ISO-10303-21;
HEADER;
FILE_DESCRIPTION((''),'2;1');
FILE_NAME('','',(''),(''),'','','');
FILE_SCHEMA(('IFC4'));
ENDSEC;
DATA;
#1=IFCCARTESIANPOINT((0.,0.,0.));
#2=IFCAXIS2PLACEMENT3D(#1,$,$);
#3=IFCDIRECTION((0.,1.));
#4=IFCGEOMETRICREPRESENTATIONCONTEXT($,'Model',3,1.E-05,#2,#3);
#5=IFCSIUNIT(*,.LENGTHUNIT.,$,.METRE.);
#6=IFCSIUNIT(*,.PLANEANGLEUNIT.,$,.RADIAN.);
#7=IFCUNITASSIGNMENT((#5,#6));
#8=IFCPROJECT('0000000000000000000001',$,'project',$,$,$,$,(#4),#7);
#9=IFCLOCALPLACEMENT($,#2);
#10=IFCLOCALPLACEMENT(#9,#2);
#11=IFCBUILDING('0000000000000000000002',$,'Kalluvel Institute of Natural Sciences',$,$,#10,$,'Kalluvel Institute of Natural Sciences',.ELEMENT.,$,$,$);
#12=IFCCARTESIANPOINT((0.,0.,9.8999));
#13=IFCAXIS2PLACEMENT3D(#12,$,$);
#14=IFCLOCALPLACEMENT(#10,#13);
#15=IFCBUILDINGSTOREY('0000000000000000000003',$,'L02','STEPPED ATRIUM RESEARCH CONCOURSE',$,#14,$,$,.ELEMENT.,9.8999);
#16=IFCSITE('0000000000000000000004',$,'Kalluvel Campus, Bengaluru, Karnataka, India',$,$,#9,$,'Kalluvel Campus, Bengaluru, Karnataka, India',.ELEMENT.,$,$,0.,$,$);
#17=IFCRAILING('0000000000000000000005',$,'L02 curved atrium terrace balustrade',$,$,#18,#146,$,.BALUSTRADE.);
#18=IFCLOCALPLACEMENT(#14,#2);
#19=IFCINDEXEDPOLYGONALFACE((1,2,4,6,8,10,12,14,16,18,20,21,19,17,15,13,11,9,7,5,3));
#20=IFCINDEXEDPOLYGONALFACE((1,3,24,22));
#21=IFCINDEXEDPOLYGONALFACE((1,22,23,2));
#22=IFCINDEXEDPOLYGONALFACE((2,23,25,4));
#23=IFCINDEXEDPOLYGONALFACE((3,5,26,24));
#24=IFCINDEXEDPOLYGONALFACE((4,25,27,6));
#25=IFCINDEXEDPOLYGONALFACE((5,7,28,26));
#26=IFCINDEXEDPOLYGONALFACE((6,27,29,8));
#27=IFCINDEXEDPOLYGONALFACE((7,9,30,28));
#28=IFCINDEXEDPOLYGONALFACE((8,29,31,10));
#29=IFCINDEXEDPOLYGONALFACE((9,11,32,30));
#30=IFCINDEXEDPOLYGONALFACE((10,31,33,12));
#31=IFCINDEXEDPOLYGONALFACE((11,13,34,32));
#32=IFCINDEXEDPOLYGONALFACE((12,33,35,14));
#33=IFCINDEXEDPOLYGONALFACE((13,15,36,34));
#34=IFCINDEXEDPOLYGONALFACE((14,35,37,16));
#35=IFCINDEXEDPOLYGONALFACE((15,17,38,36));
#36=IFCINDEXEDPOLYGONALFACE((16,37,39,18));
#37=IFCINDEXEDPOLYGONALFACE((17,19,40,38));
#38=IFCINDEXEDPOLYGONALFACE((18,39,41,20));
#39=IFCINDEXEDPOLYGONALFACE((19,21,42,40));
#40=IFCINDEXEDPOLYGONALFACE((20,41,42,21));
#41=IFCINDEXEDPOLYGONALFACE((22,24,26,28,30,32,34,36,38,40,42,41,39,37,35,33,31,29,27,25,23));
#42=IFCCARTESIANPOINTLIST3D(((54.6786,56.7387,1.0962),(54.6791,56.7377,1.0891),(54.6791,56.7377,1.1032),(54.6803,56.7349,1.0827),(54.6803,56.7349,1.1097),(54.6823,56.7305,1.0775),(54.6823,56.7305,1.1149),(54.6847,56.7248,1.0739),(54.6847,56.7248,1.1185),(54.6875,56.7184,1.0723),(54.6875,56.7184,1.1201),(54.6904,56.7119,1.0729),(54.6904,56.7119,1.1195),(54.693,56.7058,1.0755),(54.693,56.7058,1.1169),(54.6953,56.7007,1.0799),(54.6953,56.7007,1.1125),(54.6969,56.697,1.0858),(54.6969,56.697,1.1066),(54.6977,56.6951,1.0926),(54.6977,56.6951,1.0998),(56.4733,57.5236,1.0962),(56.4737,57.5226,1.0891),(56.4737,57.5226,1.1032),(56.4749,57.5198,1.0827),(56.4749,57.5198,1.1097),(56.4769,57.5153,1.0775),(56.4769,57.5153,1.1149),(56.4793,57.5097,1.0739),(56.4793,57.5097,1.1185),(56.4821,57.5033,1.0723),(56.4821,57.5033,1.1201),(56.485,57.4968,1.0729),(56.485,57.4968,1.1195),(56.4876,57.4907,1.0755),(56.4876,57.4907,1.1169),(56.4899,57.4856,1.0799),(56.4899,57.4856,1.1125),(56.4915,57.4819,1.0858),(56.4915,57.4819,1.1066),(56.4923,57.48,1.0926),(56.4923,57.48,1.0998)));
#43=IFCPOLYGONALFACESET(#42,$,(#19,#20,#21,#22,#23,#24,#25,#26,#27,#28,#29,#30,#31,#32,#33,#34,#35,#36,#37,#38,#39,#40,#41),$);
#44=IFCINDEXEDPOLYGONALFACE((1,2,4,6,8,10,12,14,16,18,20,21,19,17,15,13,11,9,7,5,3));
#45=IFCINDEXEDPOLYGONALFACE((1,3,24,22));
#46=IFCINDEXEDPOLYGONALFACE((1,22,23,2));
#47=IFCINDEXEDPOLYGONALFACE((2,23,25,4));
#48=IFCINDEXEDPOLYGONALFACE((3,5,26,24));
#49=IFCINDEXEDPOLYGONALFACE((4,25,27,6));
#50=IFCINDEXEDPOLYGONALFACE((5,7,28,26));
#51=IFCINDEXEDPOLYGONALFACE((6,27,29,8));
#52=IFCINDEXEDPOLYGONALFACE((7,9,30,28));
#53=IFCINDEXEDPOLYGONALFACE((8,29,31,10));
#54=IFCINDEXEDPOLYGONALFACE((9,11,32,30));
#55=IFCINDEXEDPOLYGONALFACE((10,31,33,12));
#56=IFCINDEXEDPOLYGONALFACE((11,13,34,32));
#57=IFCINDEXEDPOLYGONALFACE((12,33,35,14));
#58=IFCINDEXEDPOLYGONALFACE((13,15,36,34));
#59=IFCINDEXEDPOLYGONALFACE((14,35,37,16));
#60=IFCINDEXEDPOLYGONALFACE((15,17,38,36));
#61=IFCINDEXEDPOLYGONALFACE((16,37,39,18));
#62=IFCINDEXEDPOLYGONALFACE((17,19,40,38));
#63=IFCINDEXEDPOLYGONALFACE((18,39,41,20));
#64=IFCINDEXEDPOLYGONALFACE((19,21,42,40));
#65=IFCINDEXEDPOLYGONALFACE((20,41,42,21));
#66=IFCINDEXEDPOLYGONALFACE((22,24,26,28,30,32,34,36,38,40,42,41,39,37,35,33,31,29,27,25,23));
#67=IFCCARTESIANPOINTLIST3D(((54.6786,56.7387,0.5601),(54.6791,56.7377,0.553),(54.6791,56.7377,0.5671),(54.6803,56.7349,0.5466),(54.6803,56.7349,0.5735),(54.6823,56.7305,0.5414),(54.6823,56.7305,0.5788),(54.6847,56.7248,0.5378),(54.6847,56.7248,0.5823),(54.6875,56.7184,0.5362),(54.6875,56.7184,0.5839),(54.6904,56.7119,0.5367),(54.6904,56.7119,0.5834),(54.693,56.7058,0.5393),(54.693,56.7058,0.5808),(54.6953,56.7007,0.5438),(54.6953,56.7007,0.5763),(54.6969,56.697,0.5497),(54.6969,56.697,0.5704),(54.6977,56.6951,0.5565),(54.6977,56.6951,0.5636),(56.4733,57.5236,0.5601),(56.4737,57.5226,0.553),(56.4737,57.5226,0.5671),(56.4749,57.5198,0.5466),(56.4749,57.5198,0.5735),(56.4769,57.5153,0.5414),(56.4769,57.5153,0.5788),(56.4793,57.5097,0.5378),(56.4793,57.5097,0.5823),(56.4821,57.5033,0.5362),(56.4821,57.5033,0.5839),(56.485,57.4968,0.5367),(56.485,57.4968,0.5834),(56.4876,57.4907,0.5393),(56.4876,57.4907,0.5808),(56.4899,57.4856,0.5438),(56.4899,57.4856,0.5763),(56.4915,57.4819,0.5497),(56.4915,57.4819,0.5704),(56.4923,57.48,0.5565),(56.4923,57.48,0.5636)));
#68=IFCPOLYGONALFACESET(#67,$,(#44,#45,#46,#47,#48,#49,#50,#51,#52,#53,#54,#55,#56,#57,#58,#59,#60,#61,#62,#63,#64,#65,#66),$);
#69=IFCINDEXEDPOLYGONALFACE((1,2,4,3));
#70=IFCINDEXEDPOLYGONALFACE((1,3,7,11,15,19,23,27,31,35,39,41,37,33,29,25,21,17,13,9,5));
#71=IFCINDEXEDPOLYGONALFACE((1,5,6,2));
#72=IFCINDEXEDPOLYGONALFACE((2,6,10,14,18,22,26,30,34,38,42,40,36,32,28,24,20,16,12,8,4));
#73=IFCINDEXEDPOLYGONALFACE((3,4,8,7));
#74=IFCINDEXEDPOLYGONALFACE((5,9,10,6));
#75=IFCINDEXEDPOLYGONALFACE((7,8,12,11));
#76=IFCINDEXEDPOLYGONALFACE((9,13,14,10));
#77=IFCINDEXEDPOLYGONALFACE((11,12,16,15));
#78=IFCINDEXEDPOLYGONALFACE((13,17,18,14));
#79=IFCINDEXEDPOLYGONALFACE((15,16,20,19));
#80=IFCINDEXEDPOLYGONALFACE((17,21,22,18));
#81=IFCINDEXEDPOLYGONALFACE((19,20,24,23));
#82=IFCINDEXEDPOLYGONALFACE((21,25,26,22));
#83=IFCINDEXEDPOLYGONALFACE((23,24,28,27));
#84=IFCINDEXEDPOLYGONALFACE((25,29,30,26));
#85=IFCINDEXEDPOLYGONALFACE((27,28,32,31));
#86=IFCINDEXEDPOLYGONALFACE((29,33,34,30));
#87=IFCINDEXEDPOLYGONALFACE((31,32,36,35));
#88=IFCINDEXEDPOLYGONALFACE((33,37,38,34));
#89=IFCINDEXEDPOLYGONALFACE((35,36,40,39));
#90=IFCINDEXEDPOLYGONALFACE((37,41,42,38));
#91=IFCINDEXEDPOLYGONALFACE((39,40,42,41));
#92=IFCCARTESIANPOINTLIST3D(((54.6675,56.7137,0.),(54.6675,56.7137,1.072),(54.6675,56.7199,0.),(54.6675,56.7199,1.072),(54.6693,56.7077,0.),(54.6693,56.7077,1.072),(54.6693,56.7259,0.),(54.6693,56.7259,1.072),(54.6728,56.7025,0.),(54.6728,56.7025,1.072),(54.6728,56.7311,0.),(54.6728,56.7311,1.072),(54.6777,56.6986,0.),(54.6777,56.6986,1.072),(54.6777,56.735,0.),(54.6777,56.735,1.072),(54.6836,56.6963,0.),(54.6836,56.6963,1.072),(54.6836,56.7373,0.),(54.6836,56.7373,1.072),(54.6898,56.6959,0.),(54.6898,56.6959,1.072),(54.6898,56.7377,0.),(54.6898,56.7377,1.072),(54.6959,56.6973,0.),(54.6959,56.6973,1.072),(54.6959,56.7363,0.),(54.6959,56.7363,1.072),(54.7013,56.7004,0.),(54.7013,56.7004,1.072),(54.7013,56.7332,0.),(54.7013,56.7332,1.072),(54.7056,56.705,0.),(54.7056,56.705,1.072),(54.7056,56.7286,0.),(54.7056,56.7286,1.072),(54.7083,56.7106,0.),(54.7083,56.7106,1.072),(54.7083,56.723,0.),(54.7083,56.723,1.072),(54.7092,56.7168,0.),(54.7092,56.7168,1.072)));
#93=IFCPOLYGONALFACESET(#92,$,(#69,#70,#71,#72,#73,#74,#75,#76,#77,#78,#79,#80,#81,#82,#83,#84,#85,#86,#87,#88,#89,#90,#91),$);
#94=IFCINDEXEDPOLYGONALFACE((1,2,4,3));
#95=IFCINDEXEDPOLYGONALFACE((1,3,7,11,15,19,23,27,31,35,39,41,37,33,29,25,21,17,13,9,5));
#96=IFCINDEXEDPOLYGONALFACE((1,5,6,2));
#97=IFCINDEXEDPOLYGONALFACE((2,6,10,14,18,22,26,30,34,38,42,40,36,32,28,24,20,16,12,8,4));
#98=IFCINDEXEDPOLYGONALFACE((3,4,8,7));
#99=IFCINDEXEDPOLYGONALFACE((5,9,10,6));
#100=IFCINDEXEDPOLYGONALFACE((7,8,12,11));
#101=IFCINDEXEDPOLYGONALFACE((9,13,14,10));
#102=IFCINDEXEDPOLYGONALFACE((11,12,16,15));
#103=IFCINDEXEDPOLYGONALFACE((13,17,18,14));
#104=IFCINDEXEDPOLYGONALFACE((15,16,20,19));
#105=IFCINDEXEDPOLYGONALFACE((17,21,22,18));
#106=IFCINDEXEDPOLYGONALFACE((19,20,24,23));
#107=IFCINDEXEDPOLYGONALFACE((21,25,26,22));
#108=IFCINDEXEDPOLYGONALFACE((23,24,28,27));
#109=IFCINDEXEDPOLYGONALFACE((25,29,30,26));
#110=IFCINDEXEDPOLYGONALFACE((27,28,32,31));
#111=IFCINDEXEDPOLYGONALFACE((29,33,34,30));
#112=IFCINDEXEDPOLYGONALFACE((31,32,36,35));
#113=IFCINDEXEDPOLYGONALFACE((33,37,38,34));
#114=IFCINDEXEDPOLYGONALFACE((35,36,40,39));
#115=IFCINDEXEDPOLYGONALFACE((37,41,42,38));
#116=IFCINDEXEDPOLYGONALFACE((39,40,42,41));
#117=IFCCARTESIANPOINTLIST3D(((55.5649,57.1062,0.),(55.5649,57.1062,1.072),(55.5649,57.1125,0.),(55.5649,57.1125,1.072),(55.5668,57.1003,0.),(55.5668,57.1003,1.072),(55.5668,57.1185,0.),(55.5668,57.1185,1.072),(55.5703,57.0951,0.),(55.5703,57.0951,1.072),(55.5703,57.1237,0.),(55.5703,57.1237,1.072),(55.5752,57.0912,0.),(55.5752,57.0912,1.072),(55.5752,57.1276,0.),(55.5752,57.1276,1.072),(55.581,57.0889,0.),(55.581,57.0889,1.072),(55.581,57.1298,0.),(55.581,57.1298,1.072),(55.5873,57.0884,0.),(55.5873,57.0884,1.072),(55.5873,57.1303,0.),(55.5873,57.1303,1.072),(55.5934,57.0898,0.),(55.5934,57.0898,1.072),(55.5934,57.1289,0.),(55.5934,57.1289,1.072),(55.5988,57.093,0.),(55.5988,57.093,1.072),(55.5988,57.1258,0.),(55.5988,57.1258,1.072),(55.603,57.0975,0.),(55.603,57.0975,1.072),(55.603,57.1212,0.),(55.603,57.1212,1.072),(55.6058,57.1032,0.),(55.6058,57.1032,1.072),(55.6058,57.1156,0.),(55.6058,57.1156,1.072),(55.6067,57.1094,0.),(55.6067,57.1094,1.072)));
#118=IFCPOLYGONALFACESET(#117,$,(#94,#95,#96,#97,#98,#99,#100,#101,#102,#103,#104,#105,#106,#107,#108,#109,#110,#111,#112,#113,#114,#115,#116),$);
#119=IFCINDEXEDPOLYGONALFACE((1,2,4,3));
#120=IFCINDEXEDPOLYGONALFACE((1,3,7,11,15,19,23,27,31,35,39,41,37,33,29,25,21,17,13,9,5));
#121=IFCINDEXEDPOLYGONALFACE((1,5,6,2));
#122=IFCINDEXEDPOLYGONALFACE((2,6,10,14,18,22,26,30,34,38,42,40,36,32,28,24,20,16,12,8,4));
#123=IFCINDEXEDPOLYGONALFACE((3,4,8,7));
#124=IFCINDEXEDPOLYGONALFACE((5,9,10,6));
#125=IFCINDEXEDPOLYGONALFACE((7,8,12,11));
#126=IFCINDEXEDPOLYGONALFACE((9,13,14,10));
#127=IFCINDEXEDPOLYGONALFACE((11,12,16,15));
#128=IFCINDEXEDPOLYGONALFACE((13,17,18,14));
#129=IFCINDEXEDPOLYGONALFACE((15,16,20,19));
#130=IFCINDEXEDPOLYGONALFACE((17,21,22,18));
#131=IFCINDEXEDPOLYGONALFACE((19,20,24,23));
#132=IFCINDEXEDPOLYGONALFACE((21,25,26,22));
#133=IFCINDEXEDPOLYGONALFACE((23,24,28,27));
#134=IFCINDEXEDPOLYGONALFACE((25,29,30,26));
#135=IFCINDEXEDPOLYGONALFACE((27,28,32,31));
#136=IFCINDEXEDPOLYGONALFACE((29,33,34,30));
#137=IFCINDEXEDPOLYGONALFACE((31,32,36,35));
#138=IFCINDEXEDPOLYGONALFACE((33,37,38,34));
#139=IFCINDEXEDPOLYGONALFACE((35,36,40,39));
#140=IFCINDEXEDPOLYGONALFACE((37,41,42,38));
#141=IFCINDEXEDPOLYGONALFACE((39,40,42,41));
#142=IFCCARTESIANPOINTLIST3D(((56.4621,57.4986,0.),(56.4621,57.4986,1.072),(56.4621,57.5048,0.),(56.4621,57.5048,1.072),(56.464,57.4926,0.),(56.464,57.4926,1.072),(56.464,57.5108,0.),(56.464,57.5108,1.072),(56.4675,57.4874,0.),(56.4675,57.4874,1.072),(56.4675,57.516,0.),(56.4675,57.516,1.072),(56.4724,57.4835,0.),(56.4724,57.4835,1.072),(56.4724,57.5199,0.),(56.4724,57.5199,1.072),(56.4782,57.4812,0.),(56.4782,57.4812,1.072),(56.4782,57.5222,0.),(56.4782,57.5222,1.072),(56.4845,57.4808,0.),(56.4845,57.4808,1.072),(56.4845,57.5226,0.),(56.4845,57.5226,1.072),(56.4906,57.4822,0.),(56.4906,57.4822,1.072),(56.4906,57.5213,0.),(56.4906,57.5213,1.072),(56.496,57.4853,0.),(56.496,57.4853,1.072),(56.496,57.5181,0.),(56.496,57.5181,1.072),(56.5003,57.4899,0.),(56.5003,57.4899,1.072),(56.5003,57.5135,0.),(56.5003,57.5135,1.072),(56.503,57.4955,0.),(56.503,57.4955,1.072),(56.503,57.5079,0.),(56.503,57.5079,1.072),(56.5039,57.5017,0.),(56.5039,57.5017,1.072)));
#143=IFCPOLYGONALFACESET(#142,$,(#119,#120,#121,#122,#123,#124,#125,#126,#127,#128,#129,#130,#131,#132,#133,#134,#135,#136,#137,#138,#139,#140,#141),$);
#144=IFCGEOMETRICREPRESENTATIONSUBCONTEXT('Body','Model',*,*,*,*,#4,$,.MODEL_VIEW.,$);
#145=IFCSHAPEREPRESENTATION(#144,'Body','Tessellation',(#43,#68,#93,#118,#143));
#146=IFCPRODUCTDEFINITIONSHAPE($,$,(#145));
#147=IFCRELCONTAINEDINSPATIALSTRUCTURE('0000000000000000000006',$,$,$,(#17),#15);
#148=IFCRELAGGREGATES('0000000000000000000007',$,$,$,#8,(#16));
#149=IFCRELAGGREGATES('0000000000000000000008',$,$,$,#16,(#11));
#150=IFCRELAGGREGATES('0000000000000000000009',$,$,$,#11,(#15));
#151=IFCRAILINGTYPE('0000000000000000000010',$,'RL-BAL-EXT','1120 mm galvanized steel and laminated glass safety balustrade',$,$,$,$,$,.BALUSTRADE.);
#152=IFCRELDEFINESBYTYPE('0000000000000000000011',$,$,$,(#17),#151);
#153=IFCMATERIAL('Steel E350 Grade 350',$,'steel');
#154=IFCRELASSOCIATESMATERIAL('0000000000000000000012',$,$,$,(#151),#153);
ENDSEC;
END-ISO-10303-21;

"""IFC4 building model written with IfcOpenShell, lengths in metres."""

from ifc_helpers import new_model, si_unit, direction, frame, origin, origin_2d, place, context, subcontext, project, spatial, circle, extrude, material, type_object, element, save


model = new_model("IFC4")

# Units and contexts
model_context = context("Model", 3, precision=1e-05, world=origin(), true_north=direction((0.0, 1.0)))
body_context = subcontext(model_context, "Body", "Model", "MODEL_VIEW")
ifc_project = project(units=[si_unit("LENGTHUNIT", "METRE"), si_unit("PLANEANGLEUNIT", "RADIAN")], contexts=[model_context])

# Site, building, storey
site_placement = place(None, origin())
site = spatial("IfcSite", under=ifc_project, at=site_placement, Name="Kalluvel Campus, Bengaluru, Karnataka, India", LongName="Kalluvel Campus, Bengaluru, Karnataka, India", CompositionType="ELEMENT", RefElevation=0.0)
building_placement = place(site_placement, origin())
building = spatial("IfcBuilding", under=site, at=building_placement, Name="Kalluvel Institute of Natural Sciences", LongName="Kalluvel Institute of Natural Sciences", CompositionType="ELEMENT")
storey_placement = place(building_placement, frame((0.0, 0.0, 9.8999)))
storey = spatial("IfcBuildingStorey", under=building, at=storey_placement, Name="L02", Description="STEPPED ATRIUM RESEARCH CONCOURSE", CompositionType="ELEMENT", Elevation=9.8999)

# Railing
ifc_material_1 = material(Name="Steel E350 Grade 350", Category="steel")
railing_type = type_object("IfcRailingType", Name="RL-BAL-EXT", Description="1120 mm galvanized steel and laminated glass safety balustrade", PredefinedType="BALUSTRADE", material=ifc_material_1)
railing_1_placement = place(storey_placement, frame((54.6882, 56.7168, 0.0)))
element("IfcRailing", 1, at=railing_1_placement, inside=storey, type_object=railing_type, Name="L02 curved atrium terrace balustrade", PredefinedType="BALUSTRADE", context=body_context, shape_type="SweptSolid", body=[
    extrude(circle(Radius=0.0239, at=origin_2d()), frame((0.0, 0.0, 1.0962), z_axis=(0.916206, 0.400708, 0.0), x_axis=(-0.400708, 0.916206, 0.0)), (0.0, 0.0, 1.0), 1.9587),
    extrude(circle(Radius=0.0239, at=origin_2d()), frame((0.0, 0.0, 0.5601), z_axis=(0.916206, 0.400708, 0.0), x_axis=(-0.400708, 0.916206, 0.0)), (0.0, 0.0, 1.0), 1.9587),
    extrude(circle(Radius=0.021, at=origin_2d()), origin(), (0.0, 0.0, 1.0), 1.072),
    extrude(circle(Radius=0.021, at=origin_2d()), frame((0.8975, 0.3926, 0.0)), (0.0, 0.0, 1.0), 1.072),
    extrude(circle(Radius=0.021, at=origin_2d()), frame((1.7947, 0.7849, 0.0)), (0.0, 0.0, 1.0), 1.072),
])

save(model, "model.ifc")
